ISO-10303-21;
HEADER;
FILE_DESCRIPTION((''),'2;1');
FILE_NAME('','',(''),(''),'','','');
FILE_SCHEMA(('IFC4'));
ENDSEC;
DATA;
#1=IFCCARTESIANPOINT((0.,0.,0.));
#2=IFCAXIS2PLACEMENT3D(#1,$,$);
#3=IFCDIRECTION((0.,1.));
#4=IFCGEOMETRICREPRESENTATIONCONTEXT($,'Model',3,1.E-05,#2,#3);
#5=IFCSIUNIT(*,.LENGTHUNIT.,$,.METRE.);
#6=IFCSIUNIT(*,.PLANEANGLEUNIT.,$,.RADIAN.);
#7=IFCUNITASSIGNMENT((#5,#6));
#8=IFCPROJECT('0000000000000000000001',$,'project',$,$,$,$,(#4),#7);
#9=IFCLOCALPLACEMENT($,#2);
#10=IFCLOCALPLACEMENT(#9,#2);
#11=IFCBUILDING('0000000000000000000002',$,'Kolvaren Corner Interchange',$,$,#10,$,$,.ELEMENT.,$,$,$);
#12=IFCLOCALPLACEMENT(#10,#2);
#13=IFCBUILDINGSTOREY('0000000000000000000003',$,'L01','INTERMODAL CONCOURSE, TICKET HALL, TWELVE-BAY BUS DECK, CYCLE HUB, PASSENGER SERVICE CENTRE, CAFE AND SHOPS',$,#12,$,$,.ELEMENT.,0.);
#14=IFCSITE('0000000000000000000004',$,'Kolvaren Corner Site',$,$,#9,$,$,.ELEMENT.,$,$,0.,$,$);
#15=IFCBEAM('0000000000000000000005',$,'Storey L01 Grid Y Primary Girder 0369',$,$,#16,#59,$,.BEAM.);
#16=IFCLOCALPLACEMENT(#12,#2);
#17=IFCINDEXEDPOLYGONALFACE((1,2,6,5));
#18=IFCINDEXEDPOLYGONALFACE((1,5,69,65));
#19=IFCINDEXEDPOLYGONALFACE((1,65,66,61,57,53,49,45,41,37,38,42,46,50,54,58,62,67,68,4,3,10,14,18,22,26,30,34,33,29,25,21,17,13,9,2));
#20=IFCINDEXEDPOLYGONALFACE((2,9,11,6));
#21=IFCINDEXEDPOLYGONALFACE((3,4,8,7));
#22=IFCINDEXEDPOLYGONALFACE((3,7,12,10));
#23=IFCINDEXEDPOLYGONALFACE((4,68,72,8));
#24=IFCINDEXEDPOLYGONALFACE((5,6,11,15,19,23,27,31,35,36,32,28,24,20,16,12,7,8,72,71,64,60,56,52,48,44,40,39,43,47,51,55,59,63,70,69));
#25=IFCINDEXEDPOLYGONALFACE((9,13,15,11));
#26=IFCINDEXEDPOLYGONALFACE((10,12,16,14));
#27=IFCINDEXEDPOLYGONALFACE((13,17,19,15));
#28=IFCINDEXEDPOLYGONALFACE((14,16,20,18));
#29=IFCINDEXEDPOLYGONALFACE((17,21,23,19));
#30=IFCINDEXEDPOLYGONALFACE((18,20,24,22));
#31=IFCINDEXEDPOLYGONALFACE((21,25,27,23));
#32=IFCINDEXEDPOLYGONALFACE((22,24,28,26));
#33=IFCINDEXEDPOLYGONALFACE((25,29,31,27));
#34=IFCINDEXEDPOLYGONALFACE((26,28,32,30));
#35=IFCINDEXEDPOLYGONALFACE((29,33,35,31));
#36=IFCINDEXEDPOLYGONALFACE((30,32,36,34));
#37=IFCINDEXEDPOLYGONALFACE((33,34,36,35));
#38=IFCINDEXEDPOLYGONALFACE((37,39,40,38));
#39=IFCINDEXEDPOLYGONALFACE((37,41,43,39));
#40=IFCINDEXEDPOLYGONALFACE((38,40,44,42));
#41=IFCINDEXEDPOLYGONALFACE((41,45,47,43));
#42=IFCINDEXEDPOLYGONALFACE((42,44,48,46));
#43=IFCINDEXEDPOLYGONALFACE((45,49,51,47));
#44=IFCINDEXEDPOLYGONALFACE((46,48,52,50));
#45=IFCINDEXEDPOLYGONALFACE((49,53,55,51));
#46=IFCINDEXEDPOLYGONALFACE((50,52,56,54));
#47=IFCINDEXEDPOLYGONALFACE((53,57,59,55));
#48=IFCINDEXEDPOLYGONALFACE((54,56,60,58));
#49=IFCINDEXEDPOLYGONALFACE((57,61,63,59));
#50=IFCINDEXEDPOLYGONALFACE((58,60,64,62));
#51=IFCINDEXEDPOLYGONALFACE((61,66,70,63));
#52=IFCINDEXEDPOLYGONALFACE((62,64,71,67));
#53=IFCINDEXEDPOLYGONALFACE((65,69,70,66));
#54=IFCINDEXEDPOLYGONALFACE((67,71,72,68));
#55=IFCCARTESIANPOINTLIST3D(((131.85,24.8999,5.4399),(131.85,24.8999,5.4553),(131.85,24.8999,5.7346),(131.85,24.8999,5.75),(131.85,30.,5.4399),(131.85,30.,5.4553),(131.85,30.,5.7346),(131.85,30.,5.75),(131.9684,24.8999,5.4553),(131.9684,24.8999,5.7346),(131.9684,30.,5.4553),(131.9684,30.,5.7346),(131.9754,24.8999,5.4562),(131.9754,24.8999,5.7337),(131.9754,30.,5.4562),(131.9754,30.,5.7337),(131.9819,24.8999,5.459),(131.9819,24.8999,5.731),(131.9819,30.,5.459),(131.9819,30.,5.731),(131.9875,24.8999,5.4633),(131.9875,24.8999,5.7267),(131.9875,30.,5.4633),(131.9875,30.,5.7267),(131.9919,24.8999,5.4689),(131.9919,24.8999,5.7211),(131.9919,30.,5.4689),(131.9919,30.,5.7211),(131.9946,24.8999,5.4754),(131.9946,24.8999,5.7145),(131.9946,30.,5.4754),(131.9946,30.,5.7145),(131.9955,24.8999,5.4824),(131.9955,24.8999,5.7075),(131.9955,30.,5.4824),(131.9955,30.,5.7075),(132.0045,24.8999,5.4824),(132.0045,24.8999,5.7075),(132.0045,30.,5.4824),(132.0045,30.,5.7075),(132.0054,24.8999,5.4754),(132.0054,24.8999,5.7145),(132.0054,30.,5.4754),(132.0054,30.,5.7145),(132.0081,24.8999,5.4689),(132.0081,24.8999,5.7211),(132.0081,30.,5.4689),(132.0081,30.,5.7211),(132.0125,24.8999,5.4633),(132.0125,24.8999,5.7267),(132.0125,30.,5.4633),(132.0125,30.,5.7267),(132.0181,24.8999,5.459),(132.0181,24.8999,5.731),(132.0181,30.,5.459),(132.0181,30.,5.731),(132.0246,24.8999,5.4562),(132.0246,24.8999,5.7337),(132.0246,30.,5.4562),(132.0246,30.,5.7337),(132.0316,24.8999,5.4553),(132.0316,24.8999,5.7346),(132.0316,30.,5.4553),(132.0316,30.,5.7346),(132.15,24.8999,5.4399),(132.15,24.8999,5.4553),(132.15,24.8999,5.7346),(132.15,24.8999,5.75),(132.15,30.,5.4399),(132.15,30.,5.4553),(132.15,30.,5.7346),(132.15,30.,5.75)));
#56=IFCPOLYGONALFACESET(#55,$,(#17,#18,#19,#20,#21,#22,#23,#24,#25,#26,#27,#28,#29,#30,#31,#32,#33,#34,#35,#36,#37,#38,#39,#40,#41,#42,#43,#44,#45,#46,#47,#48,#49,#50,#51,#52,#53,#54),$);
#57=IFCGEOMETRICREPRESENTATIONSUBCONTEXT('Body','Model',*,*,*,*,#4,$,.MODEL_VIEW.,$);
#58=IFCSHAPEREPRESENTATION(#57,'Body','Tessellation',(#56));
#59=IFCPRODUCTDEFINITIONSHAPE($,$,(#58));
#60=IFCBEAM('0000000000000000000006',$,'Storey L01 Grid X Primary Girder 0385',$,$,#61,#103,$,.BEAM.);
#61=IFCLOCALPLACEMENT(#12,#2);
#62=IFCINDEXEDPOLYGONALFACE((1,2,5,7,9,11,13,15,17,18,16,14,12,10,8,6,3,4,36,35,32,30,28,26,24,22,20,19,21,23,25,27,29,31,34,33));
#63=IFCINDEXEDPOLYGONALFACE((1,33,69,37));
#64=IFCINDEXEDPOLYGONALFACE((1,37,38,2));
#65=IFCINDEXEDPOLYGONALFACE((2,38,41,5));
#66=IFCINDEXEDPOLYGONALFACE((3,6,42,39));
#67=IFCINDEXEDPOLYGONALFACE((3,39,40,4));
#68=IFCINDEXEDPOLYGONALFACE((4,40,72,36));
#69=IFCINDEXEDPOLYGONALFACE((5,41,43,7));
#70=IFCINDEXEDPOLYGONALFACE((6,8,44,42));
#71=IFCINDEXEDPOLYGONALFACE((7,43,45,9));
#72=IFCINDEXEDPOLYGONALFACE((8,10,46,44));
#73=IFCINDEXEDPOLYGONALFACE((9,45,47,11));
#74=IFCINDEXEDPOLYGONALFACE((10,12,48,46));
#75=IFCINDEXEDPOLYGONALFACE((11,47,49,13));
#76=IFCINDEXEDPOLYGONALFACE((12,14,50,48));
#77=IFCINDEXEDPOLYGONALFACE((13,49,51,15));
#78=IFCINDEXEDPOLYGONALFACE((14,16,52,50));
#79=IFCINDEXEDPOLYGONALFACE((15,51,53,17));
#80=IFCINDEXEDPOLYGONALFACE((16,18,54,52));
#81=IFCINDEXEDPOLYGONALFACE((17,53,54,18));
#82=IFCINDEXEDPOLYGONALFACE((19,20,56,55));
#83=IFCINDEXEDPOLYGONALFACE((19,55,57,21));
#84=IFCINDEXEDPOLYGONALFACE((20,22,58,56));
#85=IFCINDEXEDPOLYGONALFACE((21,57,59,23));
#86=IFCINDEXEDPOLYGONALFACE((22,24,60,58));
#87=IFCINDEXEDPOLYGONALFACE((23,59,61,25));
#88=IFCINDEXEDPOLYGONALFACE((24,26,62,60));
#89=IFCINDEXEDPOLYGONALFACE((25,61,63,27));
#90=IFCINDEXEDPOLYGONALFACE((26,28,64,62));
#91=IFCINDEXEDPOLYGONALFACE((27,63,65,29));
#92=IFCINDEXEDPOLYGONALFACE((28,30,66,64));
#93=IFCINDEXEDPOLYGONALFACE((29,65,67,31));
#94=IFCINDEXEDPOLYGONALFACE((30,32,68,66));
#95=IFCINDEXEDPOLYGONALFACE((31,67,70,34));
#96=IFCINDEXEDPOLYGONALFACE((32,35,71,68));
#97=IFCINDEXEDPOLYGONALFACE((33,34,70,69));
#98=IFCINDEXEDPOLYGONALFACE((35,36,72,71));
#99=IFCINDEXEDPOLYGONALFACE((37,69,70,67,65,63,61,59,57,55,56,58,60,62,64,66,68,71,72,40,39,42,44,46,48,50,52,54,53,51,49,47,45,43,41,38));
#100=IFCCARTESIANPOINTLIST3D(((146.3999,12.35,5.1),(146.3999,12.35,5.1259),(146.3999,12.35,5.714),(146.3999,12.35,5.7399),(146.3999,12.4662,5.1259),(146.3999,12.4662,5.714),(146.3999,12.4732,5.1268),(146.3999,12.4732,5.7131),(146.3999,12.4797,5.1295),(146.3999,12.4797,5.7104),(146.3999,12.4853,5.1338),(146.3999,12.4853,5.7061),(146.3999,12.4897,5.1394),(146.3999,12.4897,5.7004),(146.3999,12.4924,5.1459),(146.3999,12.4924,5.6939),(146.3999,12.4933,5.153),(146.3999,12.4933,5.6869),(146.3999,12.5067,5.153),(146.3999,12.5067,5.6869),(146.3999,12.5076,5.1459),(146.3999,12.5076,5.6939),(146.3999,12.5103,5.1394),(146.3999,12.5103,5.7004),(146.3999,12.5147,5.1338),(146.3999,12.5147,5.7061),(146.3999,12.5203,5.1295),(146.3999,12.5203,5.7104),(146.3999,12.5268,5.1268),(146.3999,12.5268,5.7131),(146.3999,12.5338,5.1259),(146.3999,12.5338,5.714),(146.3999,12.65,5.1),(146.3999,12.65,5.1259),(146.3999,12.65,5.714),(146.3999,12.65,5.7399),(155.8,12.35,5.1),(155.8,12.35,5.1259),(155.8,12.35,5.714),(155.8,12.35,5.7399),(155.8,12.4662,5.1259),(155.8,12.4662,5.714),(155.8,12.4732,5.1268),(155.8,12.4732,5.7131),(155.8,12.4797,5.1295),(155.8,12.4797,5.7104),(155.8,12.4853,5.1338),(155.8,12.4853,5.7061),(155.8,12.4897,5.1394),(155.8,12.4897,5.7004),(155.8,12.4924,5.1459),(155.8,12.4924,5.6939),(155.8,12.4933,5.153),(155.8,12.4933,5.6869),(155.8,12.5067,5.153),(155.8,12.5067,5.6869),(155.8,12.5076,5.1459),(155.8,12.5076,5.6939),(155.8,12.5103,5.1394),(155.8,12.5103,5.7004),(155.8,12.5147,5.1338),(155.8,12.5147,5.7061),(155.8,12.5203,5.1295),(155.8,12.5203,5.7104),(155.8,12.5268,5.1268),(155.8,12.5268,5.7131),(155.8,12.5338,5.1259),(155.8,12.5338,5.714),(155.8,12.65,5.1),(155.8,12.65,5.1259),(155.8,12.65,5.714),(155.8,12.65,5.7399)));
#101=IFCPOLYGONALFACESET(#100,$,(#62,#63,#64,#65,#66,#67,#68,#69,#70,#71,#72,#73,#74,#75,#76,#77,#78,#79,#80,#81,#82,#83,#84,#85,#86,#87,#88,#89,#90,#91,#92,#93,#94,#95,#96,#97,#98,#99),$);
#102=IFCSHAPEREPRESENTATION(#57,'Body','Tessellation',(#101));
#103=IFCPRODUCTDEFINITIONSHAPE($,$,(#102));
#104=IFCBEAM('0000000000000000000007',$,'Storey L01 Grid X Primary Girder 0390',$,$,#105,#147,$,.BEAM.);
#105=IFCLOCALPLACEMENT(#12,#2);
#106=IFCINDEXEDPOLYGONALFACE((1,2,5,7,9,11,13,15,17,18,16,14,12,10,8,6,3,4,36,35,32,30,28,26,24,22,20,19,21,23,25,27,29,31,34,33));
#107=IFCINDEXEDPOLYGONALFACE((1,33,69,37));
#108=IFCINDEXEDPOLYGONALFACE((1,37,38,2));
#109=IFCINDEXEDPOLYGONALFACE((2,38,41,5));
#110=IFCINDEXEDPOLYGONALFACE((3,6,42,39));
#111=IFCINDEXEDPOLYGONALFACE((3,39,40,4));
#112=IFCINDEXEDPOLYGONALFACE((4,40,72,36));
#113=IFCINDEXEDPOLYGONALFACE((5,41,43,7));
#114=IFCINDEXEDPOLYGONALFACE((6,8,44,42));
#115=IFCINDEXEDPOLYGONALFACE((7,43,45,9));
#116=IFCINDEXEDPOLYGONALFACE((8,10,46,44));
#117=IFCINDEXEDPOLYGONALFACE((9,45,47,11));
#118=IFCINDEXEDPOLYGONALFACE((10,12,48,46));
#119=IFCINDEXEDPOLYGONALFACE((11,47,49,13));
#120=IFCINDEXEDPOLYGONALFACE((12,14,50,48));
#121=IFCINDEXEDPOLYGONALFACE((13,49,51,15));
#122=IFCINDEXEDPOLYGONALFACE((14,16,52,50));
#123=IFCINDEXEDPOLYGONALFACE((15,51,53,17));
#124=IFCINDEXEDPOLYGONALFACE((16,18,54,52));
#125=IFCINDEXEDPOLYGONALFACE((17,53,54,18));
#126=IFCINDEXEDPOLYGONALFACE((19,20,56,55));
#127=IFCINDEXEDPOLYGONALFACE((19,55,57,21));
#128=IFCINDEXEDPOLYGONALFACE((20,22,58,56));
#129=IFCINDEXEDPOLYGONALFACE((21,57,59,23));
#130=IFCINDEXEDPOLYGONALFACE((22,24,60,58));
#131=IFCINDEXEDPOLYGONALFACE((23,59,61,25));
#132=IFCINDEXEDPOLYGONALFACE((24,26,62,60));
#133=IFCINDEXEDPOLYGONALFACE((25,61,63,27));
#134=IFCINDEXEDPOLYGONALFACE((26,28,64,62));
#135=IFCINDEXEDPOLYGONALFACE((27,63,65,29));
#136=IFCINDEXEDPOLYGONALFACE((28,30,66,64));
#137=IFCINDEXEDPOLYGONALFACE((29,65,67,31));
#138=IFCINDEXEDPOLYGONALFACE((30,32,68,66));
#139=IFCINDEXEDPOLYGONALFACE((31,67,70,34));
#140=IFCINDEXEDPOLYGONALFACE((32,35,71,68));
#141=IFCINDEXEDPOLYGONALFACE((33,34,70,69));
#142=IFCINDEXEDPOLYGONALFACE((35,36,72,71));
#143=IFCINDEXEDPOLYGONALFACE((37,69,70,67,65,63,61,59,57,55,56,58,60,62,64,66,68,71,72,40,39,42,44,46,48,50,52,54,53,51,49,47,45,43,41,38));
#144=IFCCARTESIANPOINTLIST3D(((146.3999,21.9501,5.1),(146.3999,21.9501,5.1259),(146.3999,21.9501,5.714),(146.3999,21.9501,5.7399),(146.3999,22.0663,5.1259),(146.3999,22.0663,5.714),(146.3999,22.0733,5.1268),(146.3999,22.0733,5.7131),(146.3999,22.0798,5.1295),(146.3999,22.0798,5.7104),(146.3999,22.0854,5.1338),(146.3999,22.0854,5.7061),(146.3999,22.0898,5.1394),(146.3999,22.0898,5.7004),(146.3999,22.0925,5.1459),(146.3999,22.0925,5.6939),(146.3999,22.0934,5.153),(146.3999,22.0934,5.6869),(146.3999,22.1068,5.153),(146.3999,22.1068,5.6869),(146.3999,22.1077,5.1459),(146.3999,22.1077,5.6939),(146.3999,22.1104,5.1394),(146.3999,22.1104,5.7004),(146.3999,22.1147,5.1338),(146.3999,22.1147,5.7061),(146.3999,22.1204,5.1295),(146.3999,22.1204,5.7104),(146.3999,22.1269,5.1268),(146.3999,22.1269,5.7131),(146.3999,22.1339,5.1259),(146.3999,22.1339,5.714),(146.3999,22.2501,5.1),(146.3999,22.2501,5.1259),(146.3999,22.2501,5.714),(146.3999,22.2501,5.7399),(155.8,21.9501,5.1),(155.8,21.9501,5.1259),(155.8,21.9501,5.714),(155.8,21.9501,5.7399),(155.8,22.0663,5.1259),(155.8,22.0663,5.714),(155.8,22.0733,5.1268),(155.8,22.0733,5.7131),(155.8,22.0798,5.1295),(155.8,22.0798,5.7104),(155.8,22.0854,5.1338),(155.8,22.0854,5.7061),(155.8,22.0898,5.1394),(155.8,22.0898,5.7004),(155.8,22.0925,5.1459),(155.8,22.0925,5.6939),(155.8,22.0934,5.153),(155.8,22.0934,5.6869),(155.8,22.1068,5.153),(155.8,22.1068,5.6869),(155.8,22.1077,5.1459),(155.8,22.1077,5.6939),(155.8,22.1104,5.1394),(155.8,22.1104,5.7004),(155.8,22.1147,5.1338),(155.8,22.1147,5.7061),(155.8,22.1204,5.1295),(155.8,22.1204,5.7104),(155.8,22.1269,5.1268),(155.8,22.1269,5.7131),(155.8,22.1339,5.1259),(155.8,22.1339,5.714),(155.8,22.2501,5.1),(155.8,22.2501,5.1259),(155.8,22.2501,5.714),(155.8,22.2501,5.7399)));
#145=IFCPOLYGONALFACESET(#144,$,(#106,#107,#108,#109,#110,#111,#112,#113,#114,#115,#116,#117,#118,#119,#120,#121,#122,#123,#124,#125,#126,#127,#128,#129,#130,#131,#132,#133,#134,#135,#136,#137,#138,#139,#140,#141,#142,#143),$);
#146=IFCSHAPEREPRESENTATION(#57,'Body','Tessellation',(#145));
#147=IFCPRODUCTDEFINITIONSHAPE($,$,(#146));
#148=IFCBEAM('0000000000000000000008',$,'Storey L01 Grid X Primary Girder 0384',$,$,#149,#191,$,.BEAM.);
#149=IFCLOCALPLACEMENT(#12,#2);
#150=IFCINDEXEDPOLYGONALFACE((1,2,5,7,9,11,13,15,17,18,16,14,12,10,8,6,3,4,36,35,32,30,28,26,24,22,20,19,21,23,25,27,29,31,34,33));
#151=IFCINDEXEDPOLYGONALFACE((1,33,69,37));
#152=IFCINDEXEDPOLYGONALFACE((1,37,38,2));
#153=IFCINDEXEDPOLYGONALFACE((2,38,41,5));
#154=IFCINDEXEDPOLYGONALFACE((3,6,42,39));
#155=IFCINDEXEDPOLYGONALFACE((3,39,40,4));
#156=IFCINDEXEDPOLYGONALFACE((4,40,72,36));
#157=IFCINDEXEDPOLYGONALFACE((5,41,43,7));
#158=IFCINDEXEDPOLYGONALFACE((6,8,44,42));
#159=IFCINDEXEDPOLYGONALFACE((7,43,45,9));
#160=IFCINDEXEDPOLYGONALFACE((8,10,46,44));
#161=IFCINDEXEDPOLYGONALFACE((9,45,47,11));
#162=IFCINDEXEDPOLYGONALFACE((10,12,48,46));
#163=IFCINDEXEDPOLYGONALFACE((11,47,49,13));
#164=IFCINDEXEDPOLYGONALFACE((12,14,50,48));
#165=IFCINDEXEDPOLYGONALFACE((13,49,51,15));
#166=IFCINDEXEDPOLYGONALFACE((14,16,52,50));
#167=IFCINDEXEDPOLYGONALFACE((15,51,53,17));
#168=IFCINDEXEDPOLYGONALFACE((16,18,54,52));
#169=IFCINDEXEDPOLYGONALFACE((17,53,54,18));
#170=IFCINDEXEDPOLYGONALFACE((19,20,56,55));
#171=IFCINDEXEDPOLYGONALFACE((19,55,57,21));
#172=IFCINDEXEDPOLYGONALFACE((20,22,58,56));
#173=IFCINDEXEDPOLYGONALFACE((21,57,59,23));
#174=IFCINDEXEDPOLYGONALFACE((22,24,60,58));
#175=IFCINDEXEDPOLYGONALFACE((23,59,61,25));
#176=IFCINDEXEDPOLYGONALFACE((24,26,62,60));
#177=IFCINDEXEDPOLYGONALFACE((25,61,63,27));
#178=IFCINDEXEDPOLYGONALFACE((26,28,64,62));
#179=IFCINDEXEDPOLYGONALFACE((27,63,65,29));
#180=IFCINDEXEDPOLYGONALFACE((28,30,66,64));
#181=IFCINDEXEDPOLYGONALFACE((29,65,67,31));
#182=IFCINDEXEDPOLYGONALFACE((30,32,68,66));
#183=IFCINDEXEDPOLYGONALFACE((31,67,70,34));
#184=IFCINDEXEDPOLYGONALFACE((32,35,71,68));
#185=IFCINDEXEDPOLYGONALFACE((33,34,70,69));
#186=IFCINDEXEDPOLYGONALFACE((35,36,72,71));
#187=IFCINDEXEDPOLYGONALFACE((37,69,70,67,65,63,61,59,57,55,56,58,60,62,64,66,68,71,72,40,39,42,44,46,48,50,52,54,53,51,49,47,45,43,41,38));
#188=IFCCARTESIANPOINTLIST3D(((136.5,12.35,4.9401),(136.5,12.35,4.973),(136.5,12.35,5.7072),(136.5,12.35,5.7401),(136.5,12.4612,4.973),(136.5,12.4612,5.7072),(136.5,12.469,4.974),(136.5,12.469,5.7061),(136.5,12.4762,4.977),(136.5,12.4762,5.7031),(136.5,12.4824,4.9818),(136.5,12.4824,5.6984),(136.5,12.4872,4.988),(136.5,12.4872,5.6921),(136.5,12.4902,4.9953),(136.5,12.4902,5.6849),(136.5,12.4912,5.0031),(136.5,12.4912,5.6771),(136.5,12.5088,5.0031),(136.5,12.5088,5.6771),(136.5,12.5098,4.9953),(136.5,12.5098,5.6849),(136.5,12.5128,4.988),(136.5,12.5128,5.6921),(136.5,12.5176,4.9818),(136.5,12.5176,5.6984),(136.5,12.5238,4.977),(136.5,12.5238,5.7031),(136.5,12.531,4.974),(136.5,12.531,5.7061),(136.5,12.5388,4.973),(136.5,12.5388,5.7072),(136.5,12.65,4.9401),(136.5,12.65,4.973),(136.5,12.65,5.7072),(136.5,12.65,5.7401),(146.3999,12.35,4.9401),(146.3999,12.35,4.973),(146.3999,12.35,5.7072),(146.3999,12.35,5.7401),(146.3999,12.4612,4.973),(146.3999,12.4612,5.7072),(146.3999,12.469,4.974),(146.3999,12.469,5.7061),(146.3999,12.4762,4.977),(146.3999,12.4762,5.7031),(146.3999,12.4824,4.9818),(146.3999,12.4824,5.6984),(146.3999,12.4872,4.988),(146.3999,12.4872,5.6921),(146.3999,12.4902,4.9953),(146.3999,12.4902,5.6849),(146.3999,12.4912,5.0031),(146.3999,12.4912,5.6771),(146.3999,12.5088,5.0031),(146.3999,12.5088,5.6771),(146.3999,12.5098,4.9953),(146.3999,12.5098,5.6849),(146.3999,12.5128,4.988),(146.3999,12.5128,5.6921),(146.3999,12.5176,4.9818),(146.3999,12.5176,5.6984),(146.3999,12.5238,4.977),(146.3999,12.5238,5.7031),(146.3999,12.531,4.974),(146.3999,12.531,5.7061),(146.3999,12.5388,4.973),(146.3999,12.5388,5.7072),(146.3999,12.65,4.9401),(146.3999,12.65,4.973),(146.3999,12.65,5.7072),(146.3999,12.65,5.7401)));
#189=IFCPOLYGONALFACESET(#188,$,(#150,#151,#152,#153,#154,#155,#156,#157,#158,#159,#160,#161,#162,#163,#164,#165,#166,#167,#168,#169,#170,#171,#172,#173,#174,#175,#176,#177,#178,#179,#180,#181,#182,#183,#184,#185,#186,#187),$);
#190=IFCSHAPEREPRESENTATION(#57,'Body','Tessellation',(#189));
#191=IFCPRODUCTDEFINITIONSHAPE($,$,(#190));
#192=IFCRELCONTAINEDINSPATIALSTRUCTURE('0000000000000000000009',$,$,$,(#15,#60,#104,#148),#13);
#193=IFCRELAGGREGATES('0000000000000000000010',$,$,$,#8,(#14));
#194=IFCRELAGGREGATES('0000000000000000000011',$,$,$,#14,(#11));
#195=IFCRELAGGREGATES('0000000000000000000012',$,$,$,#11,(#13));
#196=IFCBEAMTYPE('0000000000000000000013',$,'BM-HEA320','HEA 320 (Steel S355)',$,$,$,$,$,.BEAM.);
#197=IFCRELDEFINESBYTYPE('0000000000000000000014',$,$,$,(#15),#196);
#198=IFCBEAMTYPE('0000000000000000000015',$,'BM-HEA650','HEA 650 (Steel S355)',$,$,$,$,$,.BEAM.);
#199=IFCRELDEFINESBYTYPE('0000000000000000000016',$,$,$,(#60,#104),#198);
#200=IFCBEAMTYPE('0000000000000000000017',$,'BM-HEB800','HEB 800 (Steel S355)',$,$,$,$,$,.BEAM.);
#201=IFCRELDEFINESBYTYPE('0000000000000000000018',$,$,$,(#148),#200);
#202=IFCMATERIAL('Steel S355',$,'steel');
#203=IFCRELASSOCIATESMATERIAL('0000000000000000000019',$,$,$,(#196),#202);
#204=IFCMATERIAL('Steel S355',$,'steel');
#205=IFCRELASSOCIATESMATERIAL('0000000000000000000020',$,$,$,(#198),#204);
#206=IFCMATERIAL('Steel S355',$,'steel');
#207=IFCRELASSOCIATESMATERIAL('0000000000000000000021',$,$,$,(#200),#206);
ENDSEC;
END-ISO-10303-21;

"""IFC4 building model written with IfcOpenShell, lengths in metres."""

from ifc_helpers import new_model, si_unit, direction, frame, origin, origin_2d, place, context, subcontext, project, spatial, i_section, extrude, material, material_profile, profile_set, type_object, element, save


model = new_model("IFC4")

# Units and contexts
model_context = context("Model", 3, precision=1e-05, world=origin(), true_north=direction((0.0, 1.0)))
body_context = subcontext(model_context, "Body", "Model", "MODEL_VIEW")
ifc_project = project(units=[si_unit("LENGTHUNIT", "METRE"), si_unit("PLANEANGLEUNIT", "RADIAN")], contexts=[model_context])

# Site, building, storey
site_placement = place(None, origin())
site = spatial("IfcSite", under=ifc_project, at=site_placement, Name="Kolvaren Corner Site", CompositionType="ELEMENT", RefElevation=0.0)
building_placement = place(site_placement, origin())
building = spatial("IfcBuilding", under=site, at=building_placement, Name="Kolvaren Corner Interchange", CompositionType="ELEMENT")
storey_placement = place(building_placement, origin())
storey = spatial("IfcBuildingStorey", under=building, at=storey_placement, Name="L01", Description="INTERMODAL CONCOURSE, TICKET HALL, TWELVE-BAY BUS DECK, CYCLE HUB, PASSENGER SERVICE CENTRE, CAFE AND SHOPS", CompositionType="ELEMENT", Elevation=0.0)

# Beams
ifc_material_1 = material(Name="Steel S355", Category="steel")
ifc_material_profile_1 = material_profile(ifc_material_1, i_section(OverallWidth=0.3, OverallDepth=0.3101, WebThickness=0.009, FlangeThickness=0.0154, FilletRadius=0.0271, at=origin_2d()), Name="HEA 320")
ifc_profile_set_1 = profile_set([ifc_material_profile_1], Name="Steel S355")
beam_type_1 = type_object("IfcBeamType", Name="BM-HEA320", Description="HEA 320 (Steel S355)", PredefinedType="BEAM", material=ifc_profile_set_1)
beam_1_placement = place(storey_placement, frame((132.0, 24.8999, 5.595), z_axis=(0.0, 1.0, 0.0), x_axis=(-1.0, 0.0, 0.0)))
element("IfcBeam", 1, at=beam_1_placement, inside=storey, type_object=beam_type_1, Name="Storey L01 Grid Y Primary Girder 0369", PredefinedType="BEAM", context=body_context, shape_type="SweptSolid", body=[
    extrude(i_section(OverallWidth=0.3, OverallDepth=0.3101, WebThickness=0.009, FlangeThickness=0.0154, FilletRadius=0.0271, at=origin_2d()), origin(), (0.0, 0.0, 1.0), 5.1001),
])
ifc_material_2 = material(Name="Steel S355", Category="steel")
ifc_material_profile_2 = material_profile(ifc_material_2, i_section(OverallWidth=0.3, OverallDepth=0.6399, WebThickness=0.0134, FlangeThickness=0.0259, FilletRadius=0.0271, at=origin_2d()), Name="HEA 650")
ifc_profile_set_2 = profile_set([ifc_material_profile_2], Name="Steel S355")
beam_type_2 = type_object("IfcBeamType", Name="BM-HEA650", Description="HEA 650 (Steel S355)", PredefinedType="BEAM", material=ifc_profile_set_2)
for number, where, z_axis, x_axis, name in (
    (2, (146.3999, 12.5, 5.4199), (1.0, 0.0, 0.0), (0.0, 1.0, 0.0), "Storey L01 Grid X Primary Girder 0385"),
    (3, (146.3999, 22.1001, 5.4199), (1.0, 0.0, 0.0), (0.0, 1.0, 0.0), "Storey L01 Grid X Primary Girder 0390"),
):
    element("IfcBeam", number, at=place(storey_placement, frame(where, z_axis=z_axis, x_axis=x_axis)), inside=storey, type_object=beam_type_2, Name=name, PredefinedType="BEAM", context=body_context, shape_type="SweptSolid", body=[
        extrude(i_section(OverallWidth=0.3, OverallDepth=0.6399, WebThickness=0.0134, FlangeThickness=0.0259, FilletRadius=0.0271, at=origin_2d()), origin(), (0.0, 0.0, 1.0), 9.4001),
    ])
ifc_material_3 = material(Name="Steel S355", Category="steel")
ifc_material_profile_3 = material_profile(ifc_material_3, i_section(OverallWidth=0.3, OverallDepth=0.8, WebThickness=0.0176, FlangeThickness=0.033, FilletRadius=0.03, at=origin_2d()), Name="HEB 800")
ifc_profile_set_3 = profile_set([ifc_material_profile_3], Name="Steel S355")
beam_type_3 = type_object("IfcBeamType", Name="BM-HEB800", Description="HEB 800 (Steel S355)", PredefinedType="BEAM", material=ifc_profile_set_3)
for number, where, z_axis, x_axis, name in (
    (4, (136.5, 12.5, 5.3401), (1.0, 0.0, 0.0), (0.0, 1.0, 0.0), "Storey L01 Grid X Primary Girder 0384"),
):
    element("IfcBeam", number, at=place(storey_placement, frame(where, z_axis=z_axis, x_axis=x_axis)), inside=storey, type_object=beam_type_3, Name=name, PredefinedType="BEAM", context=body_context, shape_type="SweptSolid", body=[
        extrude(i_section(OverallWidth=0.3, OverallDepth=0.8, WebThickness=0.0176, FlangeThickness=0.033, FilletRadius=0.03, at=origin_2d()), origin(), (0.0, 0.0, 1.0), 9.8999),
    ])

save(model, "model.ifc")
